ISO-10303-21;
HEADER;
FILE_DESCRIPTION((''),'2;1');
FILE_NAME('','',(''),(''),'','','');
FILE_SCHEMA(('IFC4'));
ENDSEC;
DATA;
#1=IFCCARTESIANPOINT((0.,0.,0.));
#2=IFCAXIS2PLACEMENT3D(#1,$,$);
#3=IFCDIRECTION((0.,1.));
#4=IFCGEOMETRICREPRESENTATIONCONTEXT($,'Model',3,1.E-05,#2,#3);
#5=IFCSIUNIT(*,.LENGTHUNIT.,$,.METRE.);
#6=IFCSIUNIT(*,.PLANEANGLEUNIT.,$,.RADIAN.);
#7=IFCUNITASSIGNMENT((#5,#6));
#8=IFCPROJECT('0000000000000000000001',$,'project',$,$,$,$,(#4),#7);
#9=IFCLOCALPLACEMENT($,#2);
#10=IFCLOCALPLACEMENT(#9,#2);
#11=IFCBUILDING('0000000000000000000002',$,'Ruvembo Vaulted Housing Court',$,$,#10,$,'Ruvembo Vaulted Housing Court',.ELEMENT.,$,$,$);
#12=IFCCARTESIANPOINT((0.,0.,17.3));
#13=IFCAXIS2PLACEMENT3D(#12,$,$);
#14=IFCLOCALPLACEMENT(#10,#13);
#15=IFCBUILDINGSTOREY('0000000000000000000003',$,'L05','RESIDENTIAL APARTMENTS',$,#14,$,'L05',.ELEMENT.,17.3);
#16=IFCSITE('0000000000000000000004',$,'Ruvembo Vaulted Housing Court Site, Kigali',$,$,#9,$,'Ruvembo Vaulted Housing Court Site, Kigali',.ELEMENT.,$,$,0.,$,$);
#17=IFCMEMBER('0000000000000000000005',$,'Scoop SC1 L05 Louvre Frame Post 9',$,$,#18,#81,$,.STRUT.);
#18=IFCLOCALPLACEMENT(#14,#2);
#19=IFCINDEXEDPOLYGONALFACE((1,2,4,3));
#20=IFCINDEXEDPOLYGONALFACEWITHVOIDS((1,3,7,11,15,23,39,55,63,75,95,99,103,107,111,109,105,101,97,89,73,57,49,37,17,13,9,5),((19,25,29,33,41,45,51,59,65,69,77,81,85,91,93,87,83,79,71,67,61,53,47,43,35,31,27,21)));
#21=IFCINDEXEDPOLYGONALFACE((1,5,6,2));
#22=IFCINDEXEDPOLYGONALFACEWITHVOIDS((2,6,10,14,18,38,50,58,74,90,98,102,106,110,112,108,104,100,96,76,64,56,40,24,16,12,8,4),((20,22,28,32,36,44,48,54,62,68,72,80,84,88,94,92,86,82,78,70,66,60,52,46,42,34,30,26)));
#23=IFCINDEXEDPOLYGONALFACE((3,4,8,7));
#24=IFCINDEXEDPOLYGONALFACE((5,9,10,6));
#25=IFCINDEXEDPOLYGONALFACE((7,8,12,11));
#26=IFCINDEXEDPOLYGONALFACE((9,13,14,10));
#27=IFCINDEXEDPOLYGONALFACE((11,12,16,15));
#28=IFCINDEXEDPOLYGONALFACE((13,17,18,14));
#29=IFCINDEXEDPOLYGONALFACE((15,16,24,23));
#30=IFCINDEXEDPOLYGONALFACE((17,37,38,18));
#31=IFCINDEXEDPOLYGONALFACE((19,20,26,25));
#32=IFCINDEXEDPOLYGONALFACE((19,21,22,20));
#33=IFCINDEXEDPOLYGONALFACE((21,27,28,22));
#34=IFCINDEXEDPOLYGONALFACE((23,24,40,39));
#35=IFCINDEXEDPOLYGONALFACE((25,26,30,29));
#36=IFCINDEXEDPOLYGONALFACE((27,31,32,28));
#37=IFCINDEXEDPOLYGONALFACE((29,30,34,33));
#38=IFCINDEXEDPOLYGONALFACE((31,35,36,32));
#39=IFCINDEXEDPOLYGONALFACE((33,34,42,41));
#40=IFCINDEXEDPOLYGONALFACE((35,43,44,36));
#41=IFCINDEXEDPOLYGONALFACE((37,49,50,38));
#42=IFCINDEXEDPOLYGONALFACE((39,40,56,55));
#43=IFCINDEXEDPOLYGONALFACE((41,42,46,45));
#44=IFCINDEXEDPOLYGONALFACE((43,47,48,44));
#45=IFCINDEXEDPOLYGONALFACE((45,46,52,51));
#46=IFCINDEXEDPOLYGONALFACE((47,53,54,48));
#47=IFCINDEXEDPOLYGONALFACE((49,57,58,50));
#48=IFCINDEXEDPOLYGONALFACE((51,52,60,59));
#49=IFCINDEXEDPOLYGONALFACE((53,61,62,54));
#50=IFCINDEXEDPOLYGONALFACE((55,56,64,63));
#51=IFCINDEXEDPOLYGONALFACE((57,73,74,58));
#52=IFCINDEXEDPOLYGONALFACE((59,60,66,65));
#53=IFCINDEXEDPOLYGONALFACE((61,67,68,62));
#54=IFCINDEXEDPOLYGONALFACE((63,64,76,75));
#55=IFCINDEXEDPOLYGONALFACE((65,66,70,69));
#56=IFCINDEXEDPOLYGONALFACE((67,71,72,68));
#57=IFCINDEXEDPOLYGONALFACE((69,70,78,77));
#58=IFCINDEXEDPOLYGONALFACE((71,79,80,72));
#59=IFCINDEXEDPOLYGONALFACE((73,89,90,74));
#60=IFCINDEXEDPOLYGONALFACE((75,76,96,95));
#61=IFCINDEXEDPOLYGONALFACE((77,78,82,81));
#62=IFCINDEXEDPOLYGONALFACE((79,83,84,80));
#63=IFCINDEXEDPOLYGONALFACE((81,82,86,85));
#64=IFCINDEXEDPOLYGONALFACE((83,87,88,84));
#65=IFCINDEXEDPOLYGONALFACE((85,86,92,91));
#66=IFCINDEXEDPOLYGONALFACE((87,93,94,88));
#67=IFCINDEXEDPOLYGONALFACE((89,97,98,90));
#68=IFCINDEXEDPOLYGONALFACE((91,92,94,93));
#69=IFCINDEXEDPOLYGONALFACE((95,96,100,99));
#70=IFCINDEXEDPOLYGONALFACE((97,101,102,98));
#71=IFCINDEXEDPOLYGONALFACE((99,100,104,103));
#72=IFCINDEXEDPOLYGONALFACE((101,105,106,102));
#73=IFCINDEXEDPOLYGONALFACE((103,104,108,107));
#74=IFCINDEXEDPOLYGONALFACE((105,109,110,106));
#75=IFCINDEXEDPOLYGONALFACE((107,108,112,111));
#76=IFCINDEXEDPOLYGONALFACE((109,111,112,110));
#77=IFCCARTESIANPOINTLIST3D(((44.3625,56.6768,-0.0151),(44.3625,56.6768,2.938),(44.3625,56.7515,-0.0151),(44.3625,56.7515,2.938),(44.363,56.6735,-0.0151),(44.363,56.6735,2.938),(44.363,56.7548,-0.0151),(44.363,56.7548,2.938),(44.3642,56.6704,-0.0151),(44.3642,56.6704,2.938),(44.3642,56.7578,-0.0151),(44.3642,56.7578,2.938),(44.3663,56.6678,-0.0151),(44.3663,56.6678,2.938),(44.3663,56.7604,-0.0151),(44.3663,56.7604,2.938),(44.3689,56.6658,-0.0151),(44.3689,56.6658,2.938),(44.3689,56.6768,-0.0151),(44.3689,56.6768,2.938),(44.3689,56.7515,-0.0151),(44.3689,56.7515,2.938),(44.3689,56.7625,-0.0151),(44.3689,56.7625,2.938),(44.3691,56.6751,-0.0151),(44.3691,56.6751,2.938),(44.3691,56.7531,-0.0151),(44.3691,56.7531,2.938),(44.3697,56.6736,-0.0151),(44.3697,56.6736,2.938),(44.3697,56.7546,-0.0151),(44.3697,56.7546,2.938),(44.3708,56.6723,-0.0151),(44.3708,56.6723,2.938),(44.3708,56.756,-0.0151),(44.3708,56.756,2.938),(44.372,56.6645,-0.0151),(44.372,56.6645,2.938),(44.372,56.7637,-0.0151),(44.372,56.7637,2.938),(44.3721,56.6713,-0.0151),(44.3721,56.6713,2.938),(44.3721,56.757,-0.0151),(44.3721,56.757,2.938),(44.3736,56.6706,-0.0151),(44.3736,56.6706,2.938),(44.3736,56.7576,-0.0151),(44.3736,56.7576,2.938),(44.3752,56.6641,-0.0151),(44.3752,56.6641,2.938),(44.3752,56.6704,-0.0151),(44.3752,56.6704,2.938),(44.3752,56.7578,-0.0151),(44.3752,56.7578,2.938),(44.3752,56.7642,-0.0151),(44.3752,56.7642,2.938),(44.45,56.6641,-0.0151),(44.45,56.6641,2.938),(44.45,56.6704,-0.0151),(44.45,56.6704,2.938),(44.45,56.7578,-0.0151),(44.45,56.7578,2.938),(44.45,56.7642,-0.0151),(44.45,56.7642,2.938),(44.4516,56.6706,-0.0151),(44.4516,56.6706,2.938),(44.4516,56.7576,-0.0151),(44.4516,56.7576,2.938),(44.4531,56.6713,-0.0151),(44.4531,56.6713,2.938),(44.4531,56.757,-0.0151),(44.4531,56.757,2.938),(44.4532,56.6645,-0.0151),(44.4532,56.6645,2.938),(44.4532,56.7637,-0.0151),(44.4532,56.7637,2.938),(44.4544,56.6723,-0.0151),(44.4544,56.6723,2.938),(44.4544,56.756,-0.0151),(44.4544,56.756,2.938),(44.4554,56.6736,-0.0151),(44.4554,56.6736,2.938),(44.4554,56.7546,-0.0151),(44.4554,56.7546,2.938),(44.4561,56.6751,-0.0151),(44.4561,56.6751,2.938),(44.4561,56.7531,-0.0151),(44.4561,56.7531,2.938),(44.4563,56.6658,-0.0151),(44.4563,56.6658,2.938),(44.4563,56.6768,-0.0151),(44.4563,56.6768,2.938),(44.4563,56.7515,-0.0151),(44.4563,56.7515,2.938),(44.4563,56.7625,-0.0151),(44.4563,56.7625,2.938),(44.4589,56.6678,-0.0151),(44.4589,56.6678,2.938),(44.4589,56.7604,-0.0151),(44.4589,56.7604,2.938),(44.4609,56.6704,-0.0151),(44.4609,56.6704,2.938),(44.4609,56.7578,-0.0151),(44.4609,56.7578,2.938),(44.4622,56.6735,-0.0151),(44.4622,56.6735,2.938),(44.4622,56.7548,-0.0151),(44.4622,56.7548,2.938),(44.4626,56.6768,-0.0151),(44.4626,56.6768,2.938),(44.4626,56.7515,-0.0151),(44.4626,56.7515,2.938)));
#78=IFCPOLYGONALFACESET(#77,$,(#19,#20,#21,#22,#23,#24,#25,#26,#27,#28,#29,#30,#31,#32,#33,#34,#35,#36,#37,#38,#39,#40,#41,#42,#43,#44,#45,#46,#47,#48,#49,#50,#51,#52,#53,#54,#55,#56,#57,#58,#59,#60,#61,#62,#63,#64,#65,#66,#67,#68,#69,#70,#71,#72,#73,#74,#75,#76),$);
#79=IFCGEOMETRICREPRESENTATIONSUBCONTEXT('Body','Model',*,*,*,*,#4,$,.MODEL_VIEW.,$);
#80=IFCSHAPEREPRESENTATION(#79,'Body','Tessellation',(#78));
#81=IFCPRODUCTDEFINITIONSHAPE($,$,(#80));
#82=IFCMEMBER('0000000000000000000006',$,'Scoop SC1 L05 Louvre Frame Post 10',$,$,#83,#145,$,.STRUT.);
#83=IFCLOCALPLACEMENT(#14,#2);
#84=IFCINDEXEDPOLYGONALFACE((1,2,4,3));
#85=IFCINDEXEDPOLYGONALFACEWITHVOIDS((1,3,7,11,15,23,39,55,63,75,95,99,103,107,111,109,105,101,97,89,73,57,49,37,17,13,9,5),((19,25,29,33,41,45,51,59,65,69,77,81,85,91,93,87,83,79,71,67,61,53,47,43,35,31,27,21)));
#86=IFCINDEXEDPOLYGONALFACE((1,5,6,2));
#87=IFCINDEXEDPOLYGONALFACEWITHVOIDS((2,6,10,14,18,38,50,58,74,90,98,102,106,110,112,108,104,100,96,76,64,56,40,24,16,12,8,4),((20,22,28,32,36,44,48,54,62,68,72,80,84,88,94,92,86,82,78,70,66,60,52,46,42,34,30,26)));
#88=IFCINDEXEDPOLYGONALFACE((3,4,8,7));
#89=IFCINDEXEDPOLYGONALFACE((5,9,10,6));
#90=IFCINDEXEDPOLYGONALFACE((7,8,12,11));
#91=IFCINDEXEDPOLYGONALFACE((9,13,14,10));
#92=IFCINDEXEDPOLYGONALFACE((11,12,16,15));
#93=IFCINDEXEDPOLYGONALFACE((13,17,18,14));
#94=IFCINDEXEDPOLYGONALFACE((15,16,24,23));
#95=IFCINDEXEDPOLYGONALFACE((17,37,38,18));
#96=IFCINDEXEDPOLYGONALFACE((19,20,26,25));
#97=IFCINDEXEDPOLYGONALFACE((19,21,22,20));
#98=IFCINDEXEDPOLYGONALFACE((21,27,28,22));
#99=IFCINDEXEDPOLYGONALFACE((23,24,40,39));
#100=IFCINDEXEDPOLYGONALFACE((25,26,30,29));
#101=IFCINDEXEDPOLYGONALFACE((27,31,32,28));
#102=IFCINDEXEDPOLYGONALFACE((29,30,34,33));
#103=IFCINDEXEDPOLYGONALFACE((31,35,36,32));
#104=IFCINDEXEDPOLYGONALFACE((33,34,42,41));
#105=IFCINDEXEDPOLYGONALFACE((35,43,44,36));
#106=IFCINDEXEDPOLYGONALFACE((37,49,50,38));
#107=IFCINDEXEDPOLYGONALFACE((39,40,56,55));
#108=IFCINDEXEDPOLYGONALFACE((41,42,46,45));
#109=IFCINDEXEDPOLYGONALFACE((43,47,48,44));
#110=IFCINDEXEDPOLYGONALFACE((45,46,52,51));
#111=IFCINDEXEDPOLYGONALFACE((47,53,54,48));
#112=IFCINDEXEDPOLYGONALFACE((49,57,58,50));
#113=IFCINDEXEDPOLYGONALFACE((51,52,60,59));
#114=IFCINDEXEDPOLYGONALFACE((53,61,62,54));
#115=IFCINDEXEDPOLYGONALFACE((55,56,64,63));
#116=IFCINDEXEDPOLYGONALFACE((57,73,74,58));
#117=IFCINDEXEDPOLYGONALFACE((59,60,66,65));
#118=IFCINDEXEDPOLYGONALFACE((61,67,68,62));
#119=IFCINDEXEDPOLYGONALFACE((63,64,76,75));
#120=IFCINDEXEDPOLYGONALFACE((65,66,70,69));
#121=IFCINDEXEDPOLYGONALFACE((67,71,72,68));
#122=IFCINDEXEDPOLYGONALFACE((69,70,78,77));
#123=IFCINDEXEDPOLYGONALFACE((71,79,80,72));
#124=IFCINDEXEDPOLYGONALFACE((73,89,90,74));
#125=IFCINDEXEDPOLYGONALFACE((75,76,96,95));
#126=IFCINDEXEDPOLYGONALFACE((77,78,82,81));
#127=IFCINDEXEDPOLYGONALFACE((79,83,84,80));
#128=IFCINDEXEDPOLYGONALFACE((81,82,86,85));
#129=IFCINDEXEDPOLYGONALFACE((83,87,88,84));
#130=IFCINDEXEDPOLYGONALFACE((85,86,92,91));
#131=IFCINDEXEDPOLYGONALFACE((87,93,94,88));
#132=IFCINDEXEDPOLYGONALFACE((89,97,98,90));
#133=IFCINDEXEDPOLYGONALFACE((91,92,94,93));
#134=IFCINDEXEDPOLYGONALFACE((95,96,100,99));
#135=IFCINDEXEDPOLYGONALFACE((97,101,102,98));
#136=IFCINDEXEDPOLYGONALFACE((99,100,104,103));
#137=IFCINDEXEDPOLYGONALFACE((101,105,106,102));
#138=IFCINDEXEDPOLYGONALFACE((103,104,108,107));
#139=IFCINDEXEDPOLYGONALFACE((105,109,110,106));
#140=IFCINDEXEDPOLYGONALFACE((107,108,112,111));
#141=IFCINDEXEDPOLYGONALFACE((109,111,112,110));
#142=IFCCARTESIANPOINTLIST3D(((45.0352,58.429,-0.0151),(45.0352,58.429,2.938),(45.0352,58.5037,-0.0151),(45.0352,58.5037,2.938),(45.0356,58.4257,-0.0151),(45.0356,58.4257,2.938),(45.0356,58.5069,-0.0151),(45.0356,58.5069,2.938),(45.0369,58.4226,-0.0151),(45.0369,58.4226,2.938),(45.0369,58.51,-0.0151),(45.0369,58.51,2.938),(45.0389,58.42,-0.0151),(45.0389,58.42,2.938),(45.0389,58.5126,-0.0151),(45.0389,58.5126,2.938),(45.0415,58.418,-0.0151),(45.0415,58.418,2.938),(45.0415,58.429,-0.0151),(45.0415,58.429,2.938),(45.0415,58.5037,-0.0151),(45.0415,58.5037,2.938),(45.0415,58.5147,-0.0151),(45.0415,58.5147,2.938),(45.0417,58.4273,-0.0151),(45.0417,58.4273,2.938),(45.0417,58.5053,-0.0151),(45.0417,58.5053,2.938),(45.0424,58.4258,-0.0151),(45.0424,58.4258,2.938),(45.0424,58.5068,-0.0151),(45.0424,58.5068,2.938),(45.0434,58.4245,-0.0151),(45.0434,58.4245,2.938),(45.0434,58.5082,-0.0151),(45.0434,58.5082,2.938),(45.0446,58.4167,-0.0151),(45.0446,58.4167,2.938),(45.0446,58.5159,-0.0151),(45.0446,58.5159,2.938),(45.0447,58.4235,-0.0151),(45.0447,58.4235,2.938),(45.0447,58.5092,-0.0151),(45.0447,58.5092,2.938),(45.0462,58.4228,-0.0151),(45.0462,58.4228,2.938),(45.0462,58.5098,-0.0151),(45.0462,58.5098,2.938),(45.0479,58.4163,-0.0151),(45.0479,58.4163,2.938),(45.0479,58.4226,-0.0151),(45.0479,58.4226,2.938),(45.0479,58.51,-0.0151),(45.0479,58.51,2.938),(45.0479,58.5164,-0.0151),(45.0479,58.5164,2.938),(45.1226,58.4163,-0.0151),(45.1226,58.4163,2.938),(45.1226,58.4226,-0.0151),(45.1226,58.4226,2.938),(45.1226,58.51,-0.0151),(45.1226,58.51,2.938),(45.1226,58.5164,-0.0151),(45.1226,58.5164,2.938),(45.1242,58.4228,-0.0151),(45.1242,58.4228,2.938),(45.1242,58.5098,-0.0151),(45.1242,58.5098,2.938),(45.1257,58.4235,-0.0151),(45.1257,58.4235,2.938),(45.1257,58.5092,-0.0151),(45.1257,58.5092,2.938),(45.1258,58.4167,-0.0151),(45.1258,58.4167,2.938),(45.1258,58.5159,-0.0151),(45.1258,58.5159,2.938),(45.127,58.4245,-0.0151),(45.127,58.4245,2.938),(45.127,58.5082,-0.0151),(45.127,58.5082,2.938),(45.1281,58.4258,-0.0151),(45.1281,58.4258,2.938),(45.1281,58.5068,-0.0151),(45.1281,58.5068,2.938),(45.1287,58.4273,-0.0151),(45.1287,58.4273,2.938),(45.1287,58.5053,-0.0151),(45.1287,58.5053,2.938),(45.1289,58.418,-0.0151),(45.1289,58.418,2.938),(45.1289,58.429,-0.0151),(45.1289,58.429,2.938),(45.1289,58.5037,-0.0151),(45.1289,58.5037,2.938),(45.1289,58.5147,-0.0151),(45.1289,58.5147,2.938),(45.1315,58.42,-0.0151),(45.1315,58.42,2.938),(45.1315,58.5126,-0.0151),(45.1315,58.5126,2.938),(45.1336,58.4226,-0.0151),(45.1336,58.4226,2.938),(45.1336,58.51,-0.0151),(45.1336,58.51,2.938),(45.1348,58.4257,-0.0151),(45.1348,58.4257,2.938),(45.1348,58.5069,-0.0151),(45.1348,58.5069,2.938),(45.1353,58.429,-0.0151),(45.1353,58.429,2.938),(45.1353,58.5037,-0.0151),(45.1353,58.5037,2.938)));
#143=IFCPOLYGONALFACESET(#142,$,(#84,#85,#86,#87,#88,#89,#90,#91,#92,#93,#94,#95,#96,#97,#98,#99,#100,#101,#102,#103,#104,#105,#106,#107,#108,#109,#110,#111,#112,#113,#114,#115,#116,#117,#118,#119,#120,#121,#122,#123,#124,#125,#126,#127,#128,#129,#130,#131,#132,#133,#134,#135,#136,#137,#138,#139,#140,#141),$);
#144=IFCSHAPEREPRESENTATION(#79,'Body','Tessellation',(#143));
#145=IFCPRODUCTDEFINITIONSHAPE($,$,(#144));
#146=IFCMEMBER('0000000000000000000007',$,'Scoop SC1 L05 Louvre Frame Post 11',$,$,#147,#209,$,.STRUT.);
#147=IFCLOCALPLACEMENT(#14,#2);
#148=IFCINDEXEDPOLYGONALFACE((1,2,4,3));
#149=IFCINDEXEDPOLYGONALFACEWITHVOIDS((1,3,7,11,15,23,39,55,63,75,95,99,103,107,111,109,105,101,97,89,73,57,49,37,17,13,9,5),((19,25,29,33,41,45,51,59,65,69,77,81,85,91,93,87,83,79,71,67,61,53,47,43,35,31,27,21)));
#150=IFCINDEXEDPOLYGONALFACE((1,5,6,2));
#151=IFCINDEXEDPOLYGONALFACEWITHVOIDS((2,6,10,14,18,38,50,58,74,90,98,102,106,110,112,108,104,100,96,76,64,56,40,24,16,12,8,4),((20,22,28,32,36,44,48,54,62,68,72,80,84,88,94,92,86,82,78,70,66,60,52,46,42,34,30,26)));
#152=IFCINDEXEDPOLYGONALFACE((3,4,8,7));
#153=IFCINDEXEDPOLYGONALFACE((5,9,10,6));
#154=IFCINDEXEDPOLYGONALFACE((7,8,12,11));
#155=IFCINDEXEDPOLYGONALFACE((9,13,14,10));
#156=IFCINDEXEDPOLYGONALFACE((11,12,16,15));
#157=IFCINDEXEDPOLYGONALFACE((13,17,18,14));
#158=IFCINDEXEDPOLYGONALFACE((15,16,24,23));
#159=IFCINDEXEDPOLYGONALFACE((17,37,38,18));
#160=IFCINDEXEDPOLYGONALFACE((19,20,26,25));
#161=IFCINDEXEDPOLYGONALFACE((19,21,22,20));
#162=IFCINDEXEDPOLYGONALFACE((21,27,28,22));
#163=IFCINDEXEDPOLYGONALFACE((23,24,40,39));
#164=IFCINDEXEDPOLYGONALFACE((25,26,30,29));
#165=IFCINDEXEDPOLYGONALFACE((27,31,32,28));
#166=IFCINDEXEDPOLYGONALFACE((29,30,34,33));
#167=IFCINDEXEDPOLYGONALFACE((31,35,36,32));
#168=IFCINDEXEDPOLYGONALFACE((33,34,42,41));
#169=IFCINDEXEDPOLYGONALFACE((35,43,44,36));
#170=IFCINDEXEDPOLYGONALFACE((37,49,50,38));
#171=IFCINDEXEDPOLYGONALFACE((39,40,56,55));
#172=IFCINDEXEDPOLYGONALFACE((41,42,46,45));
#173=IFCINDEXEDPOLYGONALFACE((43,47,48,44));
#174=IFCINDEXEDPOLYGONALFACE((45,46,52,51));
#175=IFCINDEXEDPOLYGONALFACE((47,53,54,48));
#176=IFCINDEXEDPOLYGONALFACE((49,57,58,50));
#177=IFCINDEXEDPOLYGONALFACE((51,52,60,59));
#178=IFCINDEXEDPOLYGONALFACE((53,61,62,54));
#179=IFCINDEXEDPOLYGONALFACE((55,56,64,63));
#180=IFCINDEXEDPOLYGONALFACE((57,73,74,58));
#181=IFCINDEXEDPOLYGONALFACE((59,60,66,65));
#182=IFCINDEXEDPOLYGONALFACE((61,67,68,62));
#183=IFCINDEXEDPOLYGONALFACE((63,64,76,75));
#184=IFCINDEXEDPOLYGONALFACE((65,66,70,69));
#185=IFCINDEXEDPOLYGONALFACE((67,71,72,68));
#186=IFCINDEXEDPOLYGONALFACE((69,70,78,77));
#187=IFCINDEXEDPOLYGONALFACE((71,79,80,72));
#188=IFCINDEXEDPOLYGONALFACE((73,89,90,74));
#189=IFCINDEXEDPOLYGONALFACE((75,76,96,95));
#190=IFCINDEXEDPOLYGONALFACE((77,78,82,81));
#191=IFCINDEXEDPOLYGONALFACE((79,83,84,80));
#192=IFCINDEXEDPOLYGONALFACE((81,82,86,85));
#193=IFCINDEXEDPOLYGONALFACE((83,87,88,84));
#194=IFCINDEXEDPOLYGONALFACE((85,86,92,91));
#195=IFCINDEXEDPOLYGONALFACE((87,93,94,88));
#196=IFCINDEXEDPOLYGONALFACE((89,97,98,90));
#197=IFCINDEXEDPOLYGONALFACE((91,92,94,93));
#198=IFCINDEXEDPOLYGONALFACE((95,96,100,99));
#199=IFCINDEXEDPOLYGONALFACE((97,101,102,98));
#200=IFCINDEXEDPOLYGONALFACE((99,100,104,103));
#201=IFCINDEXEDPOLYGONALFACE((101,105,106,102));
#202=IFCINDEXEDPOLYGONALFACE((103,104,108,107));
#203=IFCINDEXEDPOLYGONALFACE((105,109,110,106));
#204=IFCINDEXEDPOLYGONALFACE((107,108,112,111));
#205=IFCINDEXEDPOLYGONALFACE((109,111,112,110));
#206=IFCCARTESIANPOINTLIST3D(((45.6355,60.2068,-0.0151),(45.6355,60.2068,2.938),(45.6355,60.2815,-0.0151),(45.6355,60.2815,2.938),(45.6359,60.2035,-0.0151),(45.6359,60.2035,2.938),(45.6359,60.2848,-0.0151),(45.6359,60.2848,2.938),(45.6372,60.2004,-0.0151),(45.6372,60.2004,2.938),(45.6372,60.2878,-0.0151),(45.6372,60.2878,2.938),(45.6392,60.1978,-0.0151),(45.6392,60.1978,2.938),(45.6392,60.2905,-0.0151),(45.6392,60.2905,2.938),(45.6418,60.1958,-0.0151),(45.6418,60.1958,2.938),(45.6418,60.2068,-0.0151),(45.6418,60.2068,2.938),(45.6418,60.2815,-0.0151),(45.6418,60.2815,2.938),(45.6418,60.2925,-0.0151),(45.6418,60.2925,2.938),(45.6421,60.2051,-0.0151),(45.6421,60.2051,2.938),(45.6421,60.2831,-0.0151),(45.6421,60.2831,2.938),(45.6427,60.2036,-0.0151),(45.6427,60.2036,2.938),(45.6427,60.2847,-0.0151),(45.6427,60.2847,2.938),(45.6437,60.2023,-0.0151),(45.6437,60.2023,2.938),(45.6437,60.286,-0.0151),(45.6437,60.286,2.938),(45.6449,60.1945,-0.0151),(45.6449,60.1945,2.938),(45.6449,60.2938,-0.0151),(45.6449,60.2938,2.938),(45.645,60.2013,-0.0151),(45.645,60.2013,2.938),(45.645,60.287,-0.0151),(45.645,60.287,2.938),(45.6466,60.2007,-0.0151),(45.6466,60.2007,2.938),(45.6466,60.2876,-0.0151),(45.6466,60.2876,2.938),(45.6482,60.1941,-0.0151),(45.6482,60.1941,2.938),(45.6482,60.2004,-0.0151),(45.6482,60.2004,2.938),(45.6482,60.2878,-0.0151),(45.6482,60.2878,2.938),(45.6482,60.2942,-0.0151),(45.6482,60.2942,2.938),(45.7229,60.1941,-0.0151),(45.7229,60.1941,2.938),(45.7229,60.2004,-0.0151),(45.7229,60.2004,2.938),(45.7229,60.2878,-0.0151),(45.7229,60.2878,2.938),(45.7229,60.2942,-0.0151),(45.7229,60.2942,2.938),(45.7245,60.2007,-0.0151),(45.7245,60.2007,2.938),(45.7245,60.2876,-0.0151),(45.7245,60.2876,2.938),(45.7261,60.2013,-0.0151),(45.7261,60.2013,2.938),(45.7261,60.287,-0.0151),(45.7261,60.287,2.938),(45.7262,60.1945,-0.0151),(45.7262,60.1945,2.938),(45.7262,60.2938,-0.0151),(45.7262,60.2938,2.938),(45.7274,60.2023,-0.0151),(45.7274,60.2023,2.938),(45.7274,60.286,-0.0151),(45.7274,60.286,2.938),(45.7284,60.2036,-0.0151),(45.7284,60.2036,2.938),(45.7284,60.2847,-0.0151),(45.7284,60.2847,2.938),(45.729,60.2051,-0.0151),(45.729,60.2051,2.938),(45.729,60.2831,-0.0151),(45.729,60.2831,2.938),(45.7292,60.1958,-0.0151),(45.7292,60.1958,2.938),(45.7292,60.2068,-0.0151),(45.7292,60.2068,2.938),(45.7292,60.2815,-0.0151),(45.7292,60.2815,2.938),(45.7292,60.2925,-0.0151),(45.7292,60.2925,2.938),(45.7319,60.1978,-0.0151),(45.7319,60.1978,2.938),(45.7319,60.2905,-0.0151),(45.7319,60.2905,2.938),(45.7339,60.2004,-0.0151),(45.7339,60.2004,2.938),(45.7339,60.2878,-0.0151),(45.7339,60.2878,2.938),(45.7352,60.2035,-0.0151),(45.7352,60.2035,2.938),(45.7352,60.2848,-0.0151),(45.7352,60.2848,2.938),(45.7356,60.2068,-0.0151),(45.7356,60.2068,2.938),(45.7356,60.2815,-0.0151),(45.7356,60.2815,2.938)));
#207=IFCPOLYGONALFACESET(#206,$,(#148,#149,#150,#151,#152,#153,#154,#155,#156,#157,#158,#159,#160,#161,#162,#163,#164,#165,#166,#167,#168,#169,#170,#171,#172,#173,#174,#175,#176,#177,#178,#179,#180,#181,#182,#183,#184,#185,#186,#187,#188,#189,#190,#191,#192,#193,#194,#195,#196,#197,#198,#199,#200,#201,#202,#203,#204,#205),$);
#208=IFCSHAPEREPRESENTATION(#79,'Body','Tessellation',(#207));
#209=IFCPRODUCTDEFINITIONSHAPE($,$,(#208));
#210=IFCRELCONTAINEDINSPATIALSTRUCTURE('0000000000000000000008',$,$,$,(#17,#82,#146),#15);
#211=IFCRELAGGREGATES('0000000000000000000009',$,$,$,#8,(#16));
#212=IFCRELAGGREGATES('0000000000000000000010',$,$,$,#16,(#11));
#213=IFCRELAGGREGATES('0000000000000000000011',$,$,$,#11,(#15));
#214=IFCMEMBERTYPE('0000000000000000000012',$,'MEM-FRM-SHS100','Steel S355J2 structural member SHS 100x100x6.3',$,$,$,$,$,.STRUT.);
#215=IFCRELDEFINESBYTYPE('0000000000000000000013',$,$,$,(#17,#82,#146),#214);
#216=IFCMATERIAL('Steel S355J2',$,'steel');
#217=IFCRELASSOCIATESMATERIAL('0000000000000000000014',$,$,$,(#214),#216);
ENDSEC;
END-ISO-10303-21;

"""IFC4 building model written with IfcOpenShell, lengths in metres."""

from ifc_helpers import new_model, si_unit, direction, frame, origin, origin_2d, place, context, subcontext, project, spatial, hollow_rectangle, extrude, material, material_profile, profile_set, type_object, element, save


model = new_model("IFC4")

# Units and contexts
model_context = context("Model", 3, precision=1e-05, world=origin(), true_north=direction((0.0, 1.0)))
body_context = subcontext(model_context, "Body", "Model", "MODEL_VIEW")
ifc_project = project(units=[si_unit("LENGTHUNIT", "METRE"), si_unit("PLANEANGLEUNIT", "RADIAN")], contexts=[model_context])

# Site, building, storey
site_placement = place(None, origin())
site = spatial("IfcSite", under=ifc_project, at=site_placement, Name="Ruvembo Vaulted Housing Court Site, Kigali", LongName="Ruvembo Vaulted Housing Court Site, Kigali", CompositionType="ELEMENT", RefElevation=0.0)
building_placement = place(site_placement, origin())
building = spatial("IfcBuilding", under=site, at=building_placement, Name="Ruvembo Vaulted Housing Court", LongName="Ruvembo Vaulted Housing Court", CompositionType="ELEMENT")
storey_placement = place(building_placement, frame((0.0, 0.0, 17.3)))
storey = spatial("IfcBuildingStorey", under=building, at=storey_placement, Name="L05", Description="RESIDENTIAL APARTMENTS", LongName="L05", CompositionType="ELEMENT", Elevation=17.3)

# Shared definitions
ifc_material_1 = material(Name="Steel S355J2", Category="steel")

# Members
ifc_material_profile_1 = material_profile(ifc_material_1, hollow_rectangle(XDim=0.1001, YDim=0.1001, WallThickness=0.0063, InnerFilletRadius=0.0063, OuterFilletRadius=0.0127, at=origin_2d()), Name="SHS 100x100x6.3")
ifc_profile_set_1 = profile_set([ifc_material_profile_1], Name="Steel S355J2")
member_type_1 = type_object("IfcMemberType", Name="MEM-FRM-SHS100", Description="Steel S355J2 structural member SHS 100x100x6.3", PredefinedType="STRUT", material=ifc_profile_set_1)
for number, where, z_axis, x_axis, name in (
    (1, (44.4126, 56.7141, -0.0151), (0.0, 0.0, 1.0), (1.0, 0.0, 0.0), "Scoop SC1 L05 Louvre Frame Post 9"),
    (2, (45.0852, 58.4663, -0.0151), (0.0, 0.0, 1.0), (1.0, 0.0, 0.0), "Scoop SC1 L05 Louvre Frame Post 10"),
    (3, (45.6855, 60.2441, -0.0151), (0.0, 0.0, 1.0), (1.0, 0.0, 0.0), "Scoop SC1 L05 Louvre Frame Post 11"),
):
    element("IfcMember", number, at=place(storey_placement, frame(where, z_axis=z_axis, x_axis=x_axis)), inside=storey, type_object=member_type_1, Name=name, PredefinedType="STRUT", context=body_context, shape_type="SweptSolid", body=[
        extrude(hollow_rectangle(XDim=0.1001, YDim=0.1001, WallThickness=0.0063, InnerFilletRadius=0.0063, OuterFilletRadius=0.0127, at=origin_2d()), origin(), (0.0, 0.0, 1.0), 2.9531),
    ])

save(model, "model.ifc")
